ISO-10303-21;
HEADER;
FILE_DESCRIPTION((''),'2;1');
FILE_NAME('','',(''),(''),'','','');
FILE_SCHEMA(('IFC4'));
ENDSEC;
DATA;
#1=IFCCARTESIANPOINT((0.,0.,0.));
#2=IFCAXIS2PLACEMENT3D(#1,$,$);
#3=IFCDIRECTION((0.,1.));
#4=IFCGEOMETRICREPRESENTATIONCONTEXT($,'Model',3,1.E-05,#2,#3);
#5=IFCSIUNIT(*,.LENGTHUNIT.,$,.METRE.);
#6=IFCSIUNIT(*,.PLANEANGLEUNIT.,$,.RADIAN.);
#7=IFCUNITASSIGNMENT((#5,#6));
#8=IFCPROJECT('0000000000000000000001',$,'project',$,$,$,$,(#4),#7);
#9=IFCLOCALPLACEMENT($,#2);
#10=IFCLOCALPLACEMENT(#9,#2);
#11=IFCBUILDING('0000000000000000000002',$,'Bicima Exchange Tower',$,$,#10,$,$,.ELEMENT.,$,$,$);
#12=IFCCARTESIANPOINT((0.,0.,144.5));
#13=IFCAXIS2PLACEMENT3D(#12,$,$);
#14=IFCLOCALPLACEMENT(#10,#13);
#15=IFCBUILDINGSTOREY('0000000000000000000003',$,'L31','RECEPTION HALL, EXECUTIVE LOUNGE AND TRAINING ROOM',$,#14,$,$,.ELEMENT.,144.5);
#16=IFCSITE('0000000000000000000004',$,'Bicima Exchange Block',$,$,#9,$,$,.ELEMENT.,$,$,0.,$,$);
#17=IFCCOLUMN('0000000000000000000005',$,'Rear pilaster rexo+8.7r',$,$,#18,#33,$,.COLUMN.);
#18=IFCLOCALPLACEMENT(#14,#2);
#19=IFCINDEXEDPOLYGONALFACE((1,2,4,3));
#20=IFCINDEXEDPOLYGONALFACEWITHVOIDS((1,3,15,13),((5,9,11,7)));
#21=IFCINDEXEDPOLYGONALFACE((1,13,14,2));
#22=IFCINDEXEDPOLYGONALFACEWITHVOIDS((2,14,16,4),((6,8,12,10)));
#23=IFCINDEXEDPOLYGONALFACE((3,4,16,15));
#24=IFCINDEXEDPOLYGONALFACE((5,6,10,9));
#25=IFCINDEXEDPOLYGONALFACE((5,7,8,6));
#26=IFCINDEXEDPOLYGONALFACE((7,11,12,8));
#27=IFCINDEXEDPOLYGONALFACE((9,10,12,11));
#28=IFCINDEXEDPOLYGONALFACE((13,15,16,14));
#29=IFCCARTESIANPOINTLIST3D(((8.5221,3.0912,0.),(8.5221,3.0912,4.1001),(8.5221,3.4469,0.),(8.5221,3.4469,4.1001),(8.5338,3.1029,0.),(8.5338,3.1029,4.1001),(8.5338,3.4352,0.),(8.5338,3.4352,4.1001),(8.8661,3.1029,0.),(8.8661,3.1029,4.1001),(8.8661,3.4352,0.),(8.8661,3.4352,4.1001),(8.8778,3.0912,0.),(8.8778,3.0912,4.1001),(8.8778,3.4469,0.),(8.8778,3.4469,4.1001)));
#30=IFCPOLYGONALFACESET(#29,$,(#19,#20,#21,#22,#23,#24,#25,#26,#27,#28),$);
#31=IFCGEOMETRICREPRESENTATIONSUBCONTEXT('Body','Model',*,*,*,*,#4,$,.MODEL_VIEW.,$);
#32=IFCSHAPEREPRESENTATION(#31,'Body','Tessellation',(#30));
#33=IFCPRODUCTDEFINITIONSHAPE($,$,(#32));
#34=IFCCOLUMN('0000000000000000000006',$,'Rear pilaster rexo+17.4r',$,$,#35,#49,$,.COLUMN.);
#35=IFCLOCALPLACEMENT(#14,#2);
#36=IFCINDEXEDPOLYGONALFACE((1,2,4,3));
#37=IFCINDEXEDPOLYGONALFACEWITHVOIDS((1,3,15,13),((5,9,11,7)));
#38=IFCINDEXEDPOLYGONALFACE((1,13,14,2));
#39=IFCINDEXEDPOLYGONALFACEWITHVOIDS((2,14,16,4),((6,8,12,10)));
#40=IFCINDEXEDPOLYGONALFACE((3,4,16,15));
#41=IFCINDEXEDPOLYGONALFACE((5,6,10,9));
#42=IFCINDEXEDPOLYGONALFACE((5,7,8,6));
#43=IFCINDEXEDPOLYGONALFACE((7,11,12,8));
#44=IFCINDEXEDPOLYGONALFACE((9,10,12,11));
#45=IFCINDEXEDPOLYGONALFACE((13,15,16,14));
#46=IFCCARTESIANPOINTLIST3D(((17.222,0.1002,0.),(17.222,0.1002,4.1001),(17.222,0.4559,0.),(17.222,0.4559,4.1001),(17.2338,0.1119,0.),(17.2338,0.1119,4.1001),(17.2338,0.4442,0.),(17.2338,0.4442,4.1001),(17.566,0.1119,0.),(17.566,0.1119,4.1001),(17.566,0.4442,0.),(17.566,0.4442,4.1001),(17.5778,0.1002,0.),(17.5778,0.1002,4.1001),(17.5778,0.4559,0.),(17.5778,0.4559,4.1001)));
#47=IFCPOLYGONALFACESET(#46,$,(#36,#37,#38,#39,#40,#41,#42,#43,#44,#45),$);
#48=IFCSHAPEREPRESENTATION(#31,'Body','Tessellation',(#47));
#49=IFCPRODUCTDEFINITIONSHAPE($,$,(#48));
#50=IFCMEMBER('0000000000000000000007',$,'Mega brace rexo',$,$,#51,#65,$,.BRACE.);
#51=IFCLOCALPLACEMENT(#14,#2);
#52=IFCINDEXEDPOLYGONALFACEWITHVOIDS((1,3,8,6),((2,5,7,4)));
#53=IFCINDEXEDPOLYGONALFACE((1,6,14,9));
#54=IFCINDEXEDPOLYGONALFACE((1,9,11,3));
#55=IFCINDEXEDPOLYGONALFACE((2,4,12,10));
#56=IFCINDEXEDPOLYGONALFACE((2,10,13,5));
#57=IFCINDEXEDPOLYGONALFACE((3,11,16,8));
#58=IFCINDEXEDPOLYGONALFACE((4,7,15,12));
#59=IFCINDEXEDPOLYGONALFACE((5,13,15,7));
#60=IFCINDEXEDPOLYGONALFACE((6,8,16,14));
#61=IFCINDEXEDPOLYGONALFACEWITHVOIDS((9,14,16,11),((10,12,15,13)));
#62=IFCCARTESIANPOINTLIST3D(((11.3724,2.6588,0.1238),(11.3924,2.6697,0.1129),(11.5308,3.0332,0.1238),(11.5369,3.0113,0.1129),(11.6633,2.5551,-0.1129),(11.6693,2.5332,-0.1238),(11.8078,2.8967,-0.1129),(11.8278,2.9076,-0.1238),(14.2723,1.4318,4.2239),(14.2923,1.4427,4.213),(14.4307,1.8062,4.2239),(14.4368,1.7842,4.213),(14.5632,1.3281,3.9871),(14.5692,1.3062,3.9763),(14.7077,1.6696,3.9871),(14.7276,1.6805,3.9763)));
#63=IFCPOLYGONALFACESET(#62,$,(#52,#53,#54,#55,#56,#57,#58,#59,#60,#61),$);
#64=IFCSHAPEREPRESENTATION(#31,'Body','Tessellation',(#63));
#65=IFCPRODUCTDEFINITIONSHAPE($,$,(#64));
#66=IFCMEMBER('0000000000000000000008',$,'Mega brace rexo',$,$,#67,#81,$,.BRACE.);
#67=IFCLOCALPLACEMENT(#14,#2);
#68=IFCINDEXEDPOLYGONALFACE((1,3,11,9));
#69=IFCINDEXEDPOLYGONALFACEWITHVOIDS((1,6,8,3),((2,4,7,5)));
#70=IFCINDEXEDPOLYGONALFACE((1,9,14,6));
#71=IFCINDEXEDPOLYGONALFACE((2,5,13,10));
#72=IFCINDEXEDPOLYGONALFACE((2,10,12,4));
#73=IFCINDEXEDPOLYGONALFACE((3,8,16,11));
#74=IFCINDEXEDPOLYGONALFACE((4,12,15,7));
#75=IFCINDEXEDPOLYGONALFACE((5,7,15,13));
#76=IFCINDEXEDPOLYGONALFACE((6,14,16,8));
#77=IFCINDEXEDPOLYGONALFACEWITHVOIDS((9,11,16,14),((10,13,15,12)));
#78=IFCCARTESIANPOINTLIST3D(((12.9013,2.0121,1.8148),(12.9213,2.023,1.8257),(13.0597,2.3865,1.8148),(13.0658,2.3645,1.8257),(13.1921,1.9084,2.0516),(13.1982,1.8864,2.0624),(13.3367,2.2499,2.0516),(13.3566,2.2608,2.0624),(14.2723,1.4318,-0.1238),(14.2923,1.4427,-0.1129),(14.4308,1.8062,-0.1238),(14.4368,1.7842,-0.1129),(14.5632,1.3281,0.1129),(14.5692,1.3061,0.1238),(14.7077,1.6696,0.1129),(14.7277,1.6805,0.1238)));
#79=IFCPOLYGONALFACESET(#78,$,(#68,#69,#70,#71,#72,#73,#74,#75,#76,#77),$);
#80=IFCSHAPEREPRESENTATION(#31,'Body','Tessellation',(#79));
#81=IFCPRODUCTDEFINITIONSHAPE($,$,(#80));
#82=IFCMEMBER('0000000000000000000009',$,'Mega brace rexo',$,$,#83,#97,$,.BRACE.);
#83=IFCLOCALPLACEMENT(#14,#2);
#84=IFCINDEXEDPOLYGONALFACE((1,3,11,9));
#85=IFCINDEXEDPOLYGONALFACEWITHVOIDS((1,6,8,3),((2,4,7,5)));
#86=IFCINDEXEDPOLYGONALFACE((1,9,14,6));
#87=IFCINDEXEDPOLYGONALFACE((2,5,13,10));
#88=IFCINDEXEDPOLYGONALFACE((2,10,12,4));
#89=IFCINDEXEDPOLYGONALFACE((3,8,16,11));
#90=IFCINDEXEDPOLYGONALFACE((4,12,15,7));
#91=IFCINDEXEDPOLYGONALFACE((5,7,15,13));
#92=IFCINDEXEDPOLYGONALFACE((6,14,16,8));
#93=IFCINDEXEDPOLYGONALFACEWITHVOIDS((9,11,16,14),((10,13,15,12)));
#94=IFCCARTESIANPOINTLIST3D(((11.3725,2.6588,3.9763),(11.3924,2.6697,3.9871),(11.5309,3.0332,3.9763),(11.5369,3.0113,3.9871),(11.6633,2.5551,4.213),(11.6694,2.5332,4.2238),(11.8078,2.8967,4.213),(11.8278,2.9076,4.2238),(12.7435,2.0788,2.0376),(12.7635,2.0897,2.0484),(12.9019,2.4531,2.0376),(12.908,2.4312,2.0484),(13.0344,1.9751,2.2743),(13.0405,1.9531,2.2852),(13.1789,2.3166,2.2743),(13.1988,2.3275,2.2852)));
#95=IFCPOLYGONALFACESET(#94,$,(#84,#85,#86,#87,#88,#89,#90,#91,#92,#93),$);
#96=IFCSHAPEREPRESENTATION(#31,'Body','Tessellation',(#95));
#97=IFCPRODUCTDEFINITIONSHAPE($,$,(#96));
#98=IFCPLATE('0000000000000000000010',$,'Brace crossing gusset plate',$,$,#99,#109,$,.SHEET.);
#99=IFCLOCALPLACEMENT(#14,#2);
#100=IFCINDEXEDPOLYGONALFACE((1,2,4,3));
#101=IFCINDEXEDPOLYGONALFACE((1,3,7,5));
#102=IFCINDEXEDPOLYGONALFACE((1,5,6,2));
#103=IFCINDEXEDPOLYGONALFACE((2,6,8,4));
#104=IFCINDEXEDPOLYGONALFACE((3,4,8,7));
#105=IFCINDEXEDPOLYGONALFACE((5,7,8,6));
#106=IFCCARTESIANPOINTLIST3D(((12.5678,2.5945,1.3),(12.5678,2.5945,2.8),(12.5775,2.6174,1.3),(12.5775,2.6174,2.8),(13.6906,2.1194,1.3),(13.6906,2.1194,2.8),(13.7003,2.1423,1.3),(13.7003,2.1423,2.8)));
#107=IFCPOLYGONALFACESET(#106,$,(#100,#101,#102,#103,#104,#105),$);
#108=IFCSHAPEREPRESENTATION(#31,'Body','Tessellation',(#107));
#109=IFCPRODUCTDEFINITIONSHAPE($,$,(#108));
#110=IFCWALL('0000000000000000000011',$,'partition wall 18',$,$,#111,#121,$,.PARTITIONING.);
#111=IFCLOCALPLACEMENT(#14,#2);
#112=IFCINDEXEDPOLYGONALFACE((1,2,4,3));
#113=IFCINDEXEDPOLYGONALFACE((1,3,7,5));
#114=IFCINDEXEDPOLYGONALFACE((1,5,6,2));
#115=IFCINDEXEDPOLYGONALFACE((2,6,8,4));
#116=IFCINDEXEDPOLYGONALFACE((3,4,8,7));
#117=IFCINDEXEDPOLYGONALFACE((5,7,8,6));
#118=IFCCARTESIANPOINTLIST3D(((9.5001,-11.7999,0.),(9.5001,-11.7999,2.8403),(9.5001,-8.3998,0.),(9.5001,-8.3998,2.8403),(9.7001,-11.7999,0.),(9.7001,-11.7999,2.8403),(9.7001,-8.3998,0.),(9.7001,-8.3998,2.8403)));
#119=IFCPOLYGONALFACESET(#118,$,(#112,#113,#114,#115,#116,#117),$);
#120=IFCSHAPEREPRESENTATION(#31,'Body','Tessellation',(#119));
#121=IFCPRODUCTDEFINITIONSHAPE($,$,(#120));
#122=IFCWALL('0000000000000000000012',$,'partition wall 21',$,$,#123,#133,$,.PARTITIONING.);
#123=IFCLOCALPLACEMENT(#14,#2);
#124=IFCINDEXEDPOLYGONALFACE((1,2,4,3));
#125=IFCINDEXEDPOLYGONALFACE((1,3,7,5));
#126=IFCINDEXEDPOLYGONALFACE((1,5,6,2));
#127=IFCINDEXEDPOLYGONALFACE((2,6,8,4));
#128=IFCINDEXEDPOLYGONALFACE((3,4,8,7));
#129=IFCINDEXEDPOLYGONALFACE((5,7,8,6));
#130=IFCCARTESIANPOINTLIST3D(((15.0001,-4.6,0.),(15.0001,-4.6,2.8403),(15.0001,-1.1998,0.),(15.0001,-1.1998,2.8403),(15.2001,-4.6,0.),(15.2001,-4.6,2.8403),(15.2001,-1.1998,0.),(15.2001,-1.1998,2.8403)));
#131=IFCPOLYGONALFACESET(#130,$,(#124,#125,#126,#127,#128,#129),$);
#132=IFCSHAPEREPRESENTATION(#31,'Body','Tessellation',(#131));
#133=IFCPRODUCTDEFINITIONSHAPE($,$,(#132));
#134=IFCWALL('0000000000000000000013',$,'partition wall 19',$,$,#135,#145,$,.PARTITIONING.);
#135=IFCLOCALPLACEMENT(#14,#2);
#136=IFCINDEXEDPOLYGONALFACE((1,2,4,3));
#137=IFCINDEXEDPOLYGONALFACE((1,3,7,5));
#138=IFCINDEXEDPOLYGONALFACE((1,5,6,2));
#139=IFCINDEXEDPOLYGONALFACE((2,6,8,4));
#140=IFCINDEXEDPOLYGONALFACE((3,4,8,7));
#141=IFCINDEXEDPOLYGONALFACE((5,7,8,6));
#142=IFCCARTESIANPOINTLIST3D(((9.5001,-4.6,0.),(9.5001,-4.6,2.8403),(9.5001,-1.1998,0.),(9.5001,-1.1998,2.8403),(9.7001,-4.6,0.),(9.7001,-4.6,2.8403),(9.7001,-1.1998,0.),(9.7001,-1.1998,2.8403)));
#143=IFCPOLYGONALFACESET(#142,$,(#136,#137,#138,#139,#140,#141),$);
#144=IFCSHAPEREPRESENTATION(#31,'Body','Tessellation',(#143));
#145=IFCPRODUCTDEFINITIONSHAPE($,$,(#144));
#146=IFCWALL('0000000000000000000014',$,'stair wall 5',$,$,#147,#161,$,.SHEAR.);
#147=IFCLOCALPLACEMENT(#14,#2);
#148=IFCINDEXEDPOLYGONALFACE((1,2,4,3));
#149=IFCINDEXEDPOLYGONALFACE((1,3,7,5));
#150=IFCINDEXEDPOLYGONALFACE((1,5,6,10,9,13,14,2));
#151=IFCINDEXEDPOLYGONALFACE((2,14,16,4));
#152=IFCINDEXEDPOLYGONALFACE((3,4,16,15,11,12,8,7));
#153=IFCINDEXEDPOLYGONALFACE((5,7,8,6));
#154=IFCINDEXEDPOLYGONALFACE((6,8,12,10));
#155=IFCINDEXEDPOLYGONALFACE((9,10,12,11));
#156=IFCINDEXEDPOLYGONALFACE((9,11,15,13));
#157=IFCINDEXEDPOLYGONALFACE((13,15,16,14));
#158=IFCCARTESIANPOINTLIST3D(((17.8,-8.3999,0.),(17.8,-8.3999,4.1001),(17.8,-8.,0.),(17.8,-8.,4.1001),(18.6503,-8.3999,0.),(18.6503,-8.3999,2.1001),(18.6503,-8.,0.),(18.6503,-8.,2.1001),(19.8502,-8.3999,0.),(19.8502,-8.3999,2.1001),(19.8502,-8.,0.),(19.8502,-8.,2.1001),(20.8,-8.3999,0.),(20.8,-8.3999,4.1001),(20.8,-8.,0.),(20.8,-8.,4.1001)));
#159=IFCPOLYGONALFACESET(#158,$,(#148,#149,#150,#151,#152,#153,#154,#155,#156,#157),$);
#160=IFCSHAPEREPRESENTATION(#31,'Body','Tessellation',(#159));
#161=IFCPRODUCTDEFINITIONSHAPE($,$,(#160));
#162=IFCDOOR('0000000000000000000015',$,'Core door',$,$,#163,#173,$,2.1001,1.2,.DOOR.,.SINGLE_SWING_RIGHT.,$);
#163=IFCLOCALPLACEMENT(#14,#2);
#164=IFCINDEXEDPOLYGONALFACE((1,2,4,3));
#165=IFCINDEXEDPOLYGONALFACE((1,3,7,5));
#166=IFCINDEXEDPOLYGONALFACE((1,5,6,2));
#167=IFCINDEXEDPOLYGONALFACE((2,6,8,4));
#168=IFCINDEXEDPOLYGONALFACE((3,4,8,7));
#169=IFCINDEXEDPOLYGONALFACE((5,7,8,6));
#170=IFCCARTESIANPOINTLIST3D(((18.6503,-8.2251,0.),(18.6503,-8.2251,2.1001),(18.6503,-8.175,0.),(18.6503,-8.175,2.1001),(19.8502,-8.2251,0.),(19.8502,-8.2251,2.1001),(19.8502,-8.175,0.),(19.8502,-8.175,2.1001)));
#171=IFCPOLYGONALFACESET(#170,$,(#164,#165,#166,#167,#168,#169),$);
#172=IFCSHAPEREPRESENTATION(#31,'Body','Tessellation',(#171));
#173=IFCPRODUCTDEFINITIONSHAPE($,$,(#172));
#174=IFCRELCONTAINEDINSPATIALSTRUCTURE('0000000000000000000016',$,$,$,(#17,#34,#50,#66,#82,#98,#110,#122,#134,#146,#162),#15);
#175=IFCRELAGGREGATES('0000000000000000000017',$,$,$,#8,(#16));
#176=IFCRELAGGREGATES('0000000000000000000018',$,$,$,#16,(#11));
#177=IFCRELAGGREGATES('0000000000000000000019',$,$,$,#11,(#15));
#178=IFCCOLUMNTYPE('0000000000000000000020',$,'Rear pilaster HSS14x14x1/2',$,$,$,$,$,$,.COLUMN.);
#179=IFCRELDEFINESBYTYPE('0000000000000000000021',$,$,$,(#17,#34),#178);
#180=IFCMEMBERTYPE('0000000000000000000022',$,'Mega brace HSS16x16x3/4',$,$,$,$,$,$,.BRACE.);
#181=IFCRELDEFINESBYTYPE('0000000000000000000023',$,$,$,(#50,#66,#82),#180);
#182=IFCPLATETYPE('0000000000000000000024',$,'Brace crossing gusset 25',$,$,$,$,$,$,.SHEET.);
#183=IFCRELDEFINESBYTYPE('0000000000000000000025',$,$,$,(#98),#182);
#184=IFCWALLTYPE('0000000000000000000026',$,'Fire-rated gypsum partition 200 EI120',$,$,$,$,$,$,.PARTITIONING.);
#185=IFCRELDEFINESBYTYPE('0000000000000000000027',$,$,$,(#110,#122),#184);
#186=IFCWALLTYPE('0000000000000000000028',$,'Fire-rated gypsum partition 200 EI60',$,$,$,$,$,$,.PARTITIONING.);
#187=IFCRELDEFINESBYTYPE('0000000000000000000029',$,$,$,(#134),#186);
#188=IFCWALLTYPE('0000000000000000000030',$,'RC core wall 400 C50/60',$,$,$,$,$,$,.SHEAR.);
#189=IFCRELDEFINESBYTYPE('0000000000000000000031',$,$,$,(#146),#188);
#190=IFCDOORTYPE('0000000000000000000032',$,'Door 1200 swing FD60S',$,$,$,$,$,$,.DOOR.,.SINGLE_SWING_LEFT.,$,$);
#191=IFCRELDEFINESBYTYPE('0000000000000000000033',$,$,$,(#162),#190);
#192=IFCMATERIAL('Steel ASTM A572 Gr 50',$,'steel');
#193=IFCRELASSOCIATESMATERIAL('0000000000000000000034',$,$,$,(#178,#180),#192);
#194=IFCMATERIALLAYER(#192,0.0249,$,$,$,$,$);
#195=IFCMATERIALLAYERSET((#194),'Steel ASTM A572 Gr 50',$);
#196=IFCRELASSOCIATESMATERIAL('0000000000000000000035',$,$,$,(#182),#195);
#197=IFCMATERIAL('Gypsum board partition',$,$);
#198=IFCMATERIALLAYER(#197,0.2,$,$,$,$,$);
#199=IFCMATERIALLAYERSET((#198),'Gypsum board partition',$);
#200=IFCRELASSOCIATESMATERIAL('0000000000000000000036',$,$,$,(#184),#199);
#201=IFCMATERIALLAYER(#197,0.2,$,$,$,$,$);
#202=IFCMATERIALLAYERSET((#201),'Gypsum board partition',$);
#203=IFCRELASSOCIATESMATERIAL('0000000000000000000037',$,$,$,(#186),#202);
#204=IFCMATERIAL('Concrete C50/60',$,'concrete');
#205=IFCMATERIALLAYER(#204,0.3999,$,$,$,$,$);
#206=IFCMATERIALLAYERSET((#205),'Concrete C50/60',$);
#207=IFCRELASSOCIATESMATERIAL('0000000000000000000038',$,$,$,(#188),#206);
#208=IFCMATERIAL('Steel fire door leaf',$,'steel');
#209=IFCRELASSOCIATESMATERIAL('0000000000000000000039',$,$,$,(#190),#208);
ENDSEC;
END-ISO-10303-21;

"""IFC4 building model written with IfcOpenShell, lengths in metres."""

from ifc_helpers import new_model, si_unit, direction, frame, frame_2d, origin, origin_2d, place, context, subcontext, project, spatial, rectangle, hollow_rectangle, extrude, material, layer, layer_set, material_profile, profile_set, type_object, element, fill, save


model = new_model("IFC4")

# Units and contexts
model_context = context("Model", 3, precision=1e-05, world=origin(), true_north=direction((0.0, 1.0)))
body_context = subcontext(model_context, "Body", "Model", "MODEL_VIEW")
ifc_project = project(units=[si_unit("LENGTHUNIT", "METRE"), si_unit("PLANEANGLEUNIT", "RADIAN")], contexts=[model_context])

# Site, building, storey
site_placement = place(None, origin())
site = spatial("IfcSite", under=ifc_project, at=site_placement, Name="Bicima Exchange Block", CompositionType="ELEMENT", RefElevation=0.0)
building_placement = place(site_placement, origin())
building = spatial("IfcBuilding", under=site, at=building_placement, Name="Bicima Exchange Tower", CompositionType="ELEMENT")
storey_placement = place(building_placement, frame((0.0, 0.0, 144.5)))
storey = spatial("IfcBuildingStorey", under=building, at=storey_placement, Name="L31", Description="RECEPTION HALL, EXECUTIVE LOUNGE AND TRAINING ROOM", CompositionType="ELEMENT", Elevation=144.5)

# Columns
ifc_material_1 = material(Name="Steel ASTM A572 Gr 50", Category="steel")
ifc_material_profile_1 = material_profile(ifc_material_1, hollow_rectangle(XDim=0.3557, YDim=0.3557, WallThickness=0.0117, at=origin_2d()))
ifc_profile_set_1 = profile_set([ifc_material_profile_1], Name="Steel ASTM A572 Gr 50")
column_type = type_object("IfcColumnType", Name="Rear pilaster HSS14x14x1/2", PredefinedType="COLUMN", material=ifc_profile_set_1)
for number, where, z_axis, x_axis, name in (
    (1, (8.7, 3.269, 0.0), (0.0, 0.0, 1.0), (1.0, 0.0, 0.0), "Rear pilaster rexo+8.7r"),
    (2, (17.3999, 0.2781, 0.0), (0.0, 0.0, 1.0), (1.0, 0.0, 0.0), "Rear pilaster rexo+17.4r"),
):
    element("IfcColumn", number, at=place(storey_placement, frame(where, z_axis=z_axis, x_axis=x_axis)), inside=storey, type_object=column_type, Name=name, PredefinedType="COLUMN", context=body_context, shape_type="SweptSolid", body=[
        extrude(hollow_rectangle(XDim=0.3557, YDim=0.3557, WallThickness=0.0117, at=origin_2d()), origin(), (0.0, 0.0, 1.0), 4.1001),
    ])

# Members
ifc_material_profile_2 = material_profile(ifc_material_1, hollow_rectangle(XDim=0.4065, YDim=0.4065, WallThickness=0.0178, at=origin_2d()))
ifc_profile_set_2 = profile_set([ifc_material_profile_2], Name="Steel ASTM A572 Gr 50")
member_type = type_object("IfcMemberType", Name="Mega brace HSS16x16x3/4", PredefinedType="BRACE", material=ifc_profile_set_2)
member_placement = place(storey_placement, frame((11.6001, 2.7832, 0.0), z_axis=(0.560941, -0.237354, 0.7931), x_axis=(0.389686, 0.920948, 0.0)))
element("IfcMember", 3, at=member_placement, inside=storey, type_object=member_type, Name="Mega brace rexo", PredefinedType="BRACE", context=body_context, shape_type="SweptSolid", body=[
    extrude(hollow_rectangle(XDim=0.4065, YDim=0.4065, WallThickness=0.0178, at=origin_2d()), origin(), (0.0, 0.0, 1.0), 5.1697),
])
for number, where, z_axis, x_axis, name in (
    (4, (14.5, 1.5562, 0.0), (-0.560902, 0.237405, 0.793113), (-0.389779, -0.920908, 0.0), "Mega brace rexo"),
    (5, (12.9712, 2.2031, 2.1614), (-0.560915, 0.23731, 0.793132), (-0.38964, -0.920967, 0.0), "Mega brace rexo"),
):
    element("IfcMember", number, at=place(storey_placement, frame(where, z_axis=z_axis, x_axis=x_axis)), inside=storey, type_object=member_type, Name=name, PredefinedType="BRACE", context=body_context, shape_type="SweptSolid", body=[
        extrude(hollow_rectangle(XDim=0.4065, YDim=0.4065, WallThickness=0.0178, at=origin_2d()), origin(), (0.0, 0.0, 1.0), 2.4443),
    ])

# Plate
ifc_layer_1 = layer(ifc_material_1, 0.0249)
ifc_layer_set_1 = layer_set([ifc_layer_1], Name="Steel ASTM A572 Gr 50")
plate_type = type_object("IfcPlateType", Name="Brace crossing gusset 25", PredefinedType="SHEET", material=ifc_layer_set_1)
plate_placement = place(storey_placement, frame((13.134, 2.3684, 1.3), z_axis=(0.0, 0.0, 1.0), x_axis=(0.920946, -0.38969, 0.0)))
element("IfcPlate", 6, at=plate_placement, inside=storey, type_object=plate_type, Name="Brace crossing gusset plate", PredefinedType="SHEET", context=body_context, shape_type="SweptSolid", body=[
    extrude(rectangle(XDim=1.2192, YDim=0.0249, at=origin_2d()), origin(), (0.0, 0.0, 1.0), 1.5),
])

# Walls
ifc_material_2 = material(Name="Gypsum board partition")
ifc_layer_2 = layer(ifc_material_2, 0.2)
ifc_layer_set_2 = layer_set([ifc_layer_2], Name="Gypsum board partition")
wall_type_1 = type_object("IfcWallType", Name="Fire-rated gypsum partition 200 EI120", PredefinedType="PARTITIONING", material=ifc_layer_set_2)
for number, where, z_axis, x_axis, name in (
    (7, (9.6001, -11.8, 0.0), (0.0, 0.0, 1.0), (0.0, 1.0, 0.0), "partition wall 18"),
    (8, (15.1001, -4.6001, 0.0), (0.0, 0.0, 1.0), (0.0, 1.0, 0.0), "partition wall 21"),
):
    element("IfcWall", number, at=place(storey_placement, frame(where, z_axis=z_axis, x_axis=x_axis)), inside=storey, type_object=wall_type_1, Name=name, PredefinedType="PARTITIONING", context=body_context, shape_type="SweptSolid", body=[
        extrude(rectangle(XDim=3.4001, YDim=0.2, at=frame_2d((1.7002, 0.0))), origin(), (0.0, 0.0, 1.0), 2.8403),
    ])
ifc_layer_3 = layer(ifc_material_2, 0.2)
ifc_layer_set_3 = layer_set([ifc_layer_3], Name="Gypsum board partition")
wall_type_2 = type_object("IfcWallType", Name="Fire-rated gypsum partition 200 EI60", PredefinedType="PARTITIONING", material=ifc_layer_set_3)
wall_1_placement = place(storey_placement, frame((9.6001, -4.6001, 0.0), z_axis=(0.0, 0.0, 1.0), x_axis=(0.0, 1.0, 0.0)))
element("IfcWall", 9, at=wall_1_placement, inside=storey, type_object=wall_type_2, Name="partition wall 19", PredefinedType="PARTITIONING", context=body_context, shape_type="SweptSolid", body=[
    extrude(rectangle(XDim=3.4001, YDim=0.2, at=frame_2d((1.7002, 0.0))), origin(), (0.0, 0.0, 1.0), 2.8403),
])

# Wall, opening, door
ifc_material_3 = material(Name="Concrete C50/60", Category="concrete")
ifc_layer_4 = layer(ifc_material_3, 0.3999)
ifc_layer_set_4 = layer_set([ifc_layer_4], Name="Concrete C50/60")
wall_type_3 = type_object("IfcWallType", Name="RC core wall 400 C50/60", PredefinedType="SHEAR", material=ifc_layer_set_4)
wall_2_placement = place(storey_placement, frame((17.8, -8.2, 0.0), z_axis=(0.0, 0.0, 1.0), x_axis=(1.0, 0.0, 0.0)))
wall_2 = element("IfcWall", 10, at=wall_2_placement, inside=storey, type_object=wall_type_3, Name="stair wall 5", PredefinedType="SHEAR", context=body_context, shape_type="SweptSolid", body=[
    extrude(rectangle(XDim=3.0, YDim=0.3999, at=frame_2d((1.5, 0.0))), origin(), (0.0, 0.0, 1.0), 4.1001),
])
opening_1_placement = place(wall_2_placement, frame((0.8501, 0.0, 0.0)))
opening_1 = element("IfcOpeningElement", 11, at=opening_1_placement, cuts=wall_2, PredefinedType="OPENING", context=body_context, shape_type="SweptSolid", body=[
    extrude(rectangle(XDim=1.2, YDim=2.1001, at=frame_2d((0.6001, 1.05))), frame((0.0, 0.2119, 0.0), z_axis=(0.0, -1.0, 0.0), x_axis=(1.0, 0.0, 0.0)), (0.0, 0.0, 1.0), 0.4238),
])
ifc_material_4 = material(Name="Steel fire door leaf", Category="steel")
door_type_1 = type_object("IfcDoorType", Name="Door 1200 swing FD60S", OperationType="SINGLE_SWING_LEFT", PredefinedType="DOOR", material=ifc_material_4)
door_1_placement = place(opening_1_placement, origin())
door_1 = element("IfcDoor", 12, at=door_1_placement, inside=storey, type_object=door_type_1, Name="Core door", OperationType="SINGLE_SWING_RIGHT", OverallHeight=2.1001, OverallWidth=1.2, PredefinedType="DOOR", context=body_context, shape_type="SweptSolid", body=[
    extrude(rectangle(XDim=1.2, YDim=2.1001, at=frame_2d((0.6001, 1.05))), frame((0.0, 0.0249, 0.0), z_axis=(0.0, -1.0, 0.0), x_axis=(1.0, 0.0, 0.0)), (0.0, 0.0, 1.0), 0.05),
])
fill(opening_1, door_1)

save(model, "model.ifc")
